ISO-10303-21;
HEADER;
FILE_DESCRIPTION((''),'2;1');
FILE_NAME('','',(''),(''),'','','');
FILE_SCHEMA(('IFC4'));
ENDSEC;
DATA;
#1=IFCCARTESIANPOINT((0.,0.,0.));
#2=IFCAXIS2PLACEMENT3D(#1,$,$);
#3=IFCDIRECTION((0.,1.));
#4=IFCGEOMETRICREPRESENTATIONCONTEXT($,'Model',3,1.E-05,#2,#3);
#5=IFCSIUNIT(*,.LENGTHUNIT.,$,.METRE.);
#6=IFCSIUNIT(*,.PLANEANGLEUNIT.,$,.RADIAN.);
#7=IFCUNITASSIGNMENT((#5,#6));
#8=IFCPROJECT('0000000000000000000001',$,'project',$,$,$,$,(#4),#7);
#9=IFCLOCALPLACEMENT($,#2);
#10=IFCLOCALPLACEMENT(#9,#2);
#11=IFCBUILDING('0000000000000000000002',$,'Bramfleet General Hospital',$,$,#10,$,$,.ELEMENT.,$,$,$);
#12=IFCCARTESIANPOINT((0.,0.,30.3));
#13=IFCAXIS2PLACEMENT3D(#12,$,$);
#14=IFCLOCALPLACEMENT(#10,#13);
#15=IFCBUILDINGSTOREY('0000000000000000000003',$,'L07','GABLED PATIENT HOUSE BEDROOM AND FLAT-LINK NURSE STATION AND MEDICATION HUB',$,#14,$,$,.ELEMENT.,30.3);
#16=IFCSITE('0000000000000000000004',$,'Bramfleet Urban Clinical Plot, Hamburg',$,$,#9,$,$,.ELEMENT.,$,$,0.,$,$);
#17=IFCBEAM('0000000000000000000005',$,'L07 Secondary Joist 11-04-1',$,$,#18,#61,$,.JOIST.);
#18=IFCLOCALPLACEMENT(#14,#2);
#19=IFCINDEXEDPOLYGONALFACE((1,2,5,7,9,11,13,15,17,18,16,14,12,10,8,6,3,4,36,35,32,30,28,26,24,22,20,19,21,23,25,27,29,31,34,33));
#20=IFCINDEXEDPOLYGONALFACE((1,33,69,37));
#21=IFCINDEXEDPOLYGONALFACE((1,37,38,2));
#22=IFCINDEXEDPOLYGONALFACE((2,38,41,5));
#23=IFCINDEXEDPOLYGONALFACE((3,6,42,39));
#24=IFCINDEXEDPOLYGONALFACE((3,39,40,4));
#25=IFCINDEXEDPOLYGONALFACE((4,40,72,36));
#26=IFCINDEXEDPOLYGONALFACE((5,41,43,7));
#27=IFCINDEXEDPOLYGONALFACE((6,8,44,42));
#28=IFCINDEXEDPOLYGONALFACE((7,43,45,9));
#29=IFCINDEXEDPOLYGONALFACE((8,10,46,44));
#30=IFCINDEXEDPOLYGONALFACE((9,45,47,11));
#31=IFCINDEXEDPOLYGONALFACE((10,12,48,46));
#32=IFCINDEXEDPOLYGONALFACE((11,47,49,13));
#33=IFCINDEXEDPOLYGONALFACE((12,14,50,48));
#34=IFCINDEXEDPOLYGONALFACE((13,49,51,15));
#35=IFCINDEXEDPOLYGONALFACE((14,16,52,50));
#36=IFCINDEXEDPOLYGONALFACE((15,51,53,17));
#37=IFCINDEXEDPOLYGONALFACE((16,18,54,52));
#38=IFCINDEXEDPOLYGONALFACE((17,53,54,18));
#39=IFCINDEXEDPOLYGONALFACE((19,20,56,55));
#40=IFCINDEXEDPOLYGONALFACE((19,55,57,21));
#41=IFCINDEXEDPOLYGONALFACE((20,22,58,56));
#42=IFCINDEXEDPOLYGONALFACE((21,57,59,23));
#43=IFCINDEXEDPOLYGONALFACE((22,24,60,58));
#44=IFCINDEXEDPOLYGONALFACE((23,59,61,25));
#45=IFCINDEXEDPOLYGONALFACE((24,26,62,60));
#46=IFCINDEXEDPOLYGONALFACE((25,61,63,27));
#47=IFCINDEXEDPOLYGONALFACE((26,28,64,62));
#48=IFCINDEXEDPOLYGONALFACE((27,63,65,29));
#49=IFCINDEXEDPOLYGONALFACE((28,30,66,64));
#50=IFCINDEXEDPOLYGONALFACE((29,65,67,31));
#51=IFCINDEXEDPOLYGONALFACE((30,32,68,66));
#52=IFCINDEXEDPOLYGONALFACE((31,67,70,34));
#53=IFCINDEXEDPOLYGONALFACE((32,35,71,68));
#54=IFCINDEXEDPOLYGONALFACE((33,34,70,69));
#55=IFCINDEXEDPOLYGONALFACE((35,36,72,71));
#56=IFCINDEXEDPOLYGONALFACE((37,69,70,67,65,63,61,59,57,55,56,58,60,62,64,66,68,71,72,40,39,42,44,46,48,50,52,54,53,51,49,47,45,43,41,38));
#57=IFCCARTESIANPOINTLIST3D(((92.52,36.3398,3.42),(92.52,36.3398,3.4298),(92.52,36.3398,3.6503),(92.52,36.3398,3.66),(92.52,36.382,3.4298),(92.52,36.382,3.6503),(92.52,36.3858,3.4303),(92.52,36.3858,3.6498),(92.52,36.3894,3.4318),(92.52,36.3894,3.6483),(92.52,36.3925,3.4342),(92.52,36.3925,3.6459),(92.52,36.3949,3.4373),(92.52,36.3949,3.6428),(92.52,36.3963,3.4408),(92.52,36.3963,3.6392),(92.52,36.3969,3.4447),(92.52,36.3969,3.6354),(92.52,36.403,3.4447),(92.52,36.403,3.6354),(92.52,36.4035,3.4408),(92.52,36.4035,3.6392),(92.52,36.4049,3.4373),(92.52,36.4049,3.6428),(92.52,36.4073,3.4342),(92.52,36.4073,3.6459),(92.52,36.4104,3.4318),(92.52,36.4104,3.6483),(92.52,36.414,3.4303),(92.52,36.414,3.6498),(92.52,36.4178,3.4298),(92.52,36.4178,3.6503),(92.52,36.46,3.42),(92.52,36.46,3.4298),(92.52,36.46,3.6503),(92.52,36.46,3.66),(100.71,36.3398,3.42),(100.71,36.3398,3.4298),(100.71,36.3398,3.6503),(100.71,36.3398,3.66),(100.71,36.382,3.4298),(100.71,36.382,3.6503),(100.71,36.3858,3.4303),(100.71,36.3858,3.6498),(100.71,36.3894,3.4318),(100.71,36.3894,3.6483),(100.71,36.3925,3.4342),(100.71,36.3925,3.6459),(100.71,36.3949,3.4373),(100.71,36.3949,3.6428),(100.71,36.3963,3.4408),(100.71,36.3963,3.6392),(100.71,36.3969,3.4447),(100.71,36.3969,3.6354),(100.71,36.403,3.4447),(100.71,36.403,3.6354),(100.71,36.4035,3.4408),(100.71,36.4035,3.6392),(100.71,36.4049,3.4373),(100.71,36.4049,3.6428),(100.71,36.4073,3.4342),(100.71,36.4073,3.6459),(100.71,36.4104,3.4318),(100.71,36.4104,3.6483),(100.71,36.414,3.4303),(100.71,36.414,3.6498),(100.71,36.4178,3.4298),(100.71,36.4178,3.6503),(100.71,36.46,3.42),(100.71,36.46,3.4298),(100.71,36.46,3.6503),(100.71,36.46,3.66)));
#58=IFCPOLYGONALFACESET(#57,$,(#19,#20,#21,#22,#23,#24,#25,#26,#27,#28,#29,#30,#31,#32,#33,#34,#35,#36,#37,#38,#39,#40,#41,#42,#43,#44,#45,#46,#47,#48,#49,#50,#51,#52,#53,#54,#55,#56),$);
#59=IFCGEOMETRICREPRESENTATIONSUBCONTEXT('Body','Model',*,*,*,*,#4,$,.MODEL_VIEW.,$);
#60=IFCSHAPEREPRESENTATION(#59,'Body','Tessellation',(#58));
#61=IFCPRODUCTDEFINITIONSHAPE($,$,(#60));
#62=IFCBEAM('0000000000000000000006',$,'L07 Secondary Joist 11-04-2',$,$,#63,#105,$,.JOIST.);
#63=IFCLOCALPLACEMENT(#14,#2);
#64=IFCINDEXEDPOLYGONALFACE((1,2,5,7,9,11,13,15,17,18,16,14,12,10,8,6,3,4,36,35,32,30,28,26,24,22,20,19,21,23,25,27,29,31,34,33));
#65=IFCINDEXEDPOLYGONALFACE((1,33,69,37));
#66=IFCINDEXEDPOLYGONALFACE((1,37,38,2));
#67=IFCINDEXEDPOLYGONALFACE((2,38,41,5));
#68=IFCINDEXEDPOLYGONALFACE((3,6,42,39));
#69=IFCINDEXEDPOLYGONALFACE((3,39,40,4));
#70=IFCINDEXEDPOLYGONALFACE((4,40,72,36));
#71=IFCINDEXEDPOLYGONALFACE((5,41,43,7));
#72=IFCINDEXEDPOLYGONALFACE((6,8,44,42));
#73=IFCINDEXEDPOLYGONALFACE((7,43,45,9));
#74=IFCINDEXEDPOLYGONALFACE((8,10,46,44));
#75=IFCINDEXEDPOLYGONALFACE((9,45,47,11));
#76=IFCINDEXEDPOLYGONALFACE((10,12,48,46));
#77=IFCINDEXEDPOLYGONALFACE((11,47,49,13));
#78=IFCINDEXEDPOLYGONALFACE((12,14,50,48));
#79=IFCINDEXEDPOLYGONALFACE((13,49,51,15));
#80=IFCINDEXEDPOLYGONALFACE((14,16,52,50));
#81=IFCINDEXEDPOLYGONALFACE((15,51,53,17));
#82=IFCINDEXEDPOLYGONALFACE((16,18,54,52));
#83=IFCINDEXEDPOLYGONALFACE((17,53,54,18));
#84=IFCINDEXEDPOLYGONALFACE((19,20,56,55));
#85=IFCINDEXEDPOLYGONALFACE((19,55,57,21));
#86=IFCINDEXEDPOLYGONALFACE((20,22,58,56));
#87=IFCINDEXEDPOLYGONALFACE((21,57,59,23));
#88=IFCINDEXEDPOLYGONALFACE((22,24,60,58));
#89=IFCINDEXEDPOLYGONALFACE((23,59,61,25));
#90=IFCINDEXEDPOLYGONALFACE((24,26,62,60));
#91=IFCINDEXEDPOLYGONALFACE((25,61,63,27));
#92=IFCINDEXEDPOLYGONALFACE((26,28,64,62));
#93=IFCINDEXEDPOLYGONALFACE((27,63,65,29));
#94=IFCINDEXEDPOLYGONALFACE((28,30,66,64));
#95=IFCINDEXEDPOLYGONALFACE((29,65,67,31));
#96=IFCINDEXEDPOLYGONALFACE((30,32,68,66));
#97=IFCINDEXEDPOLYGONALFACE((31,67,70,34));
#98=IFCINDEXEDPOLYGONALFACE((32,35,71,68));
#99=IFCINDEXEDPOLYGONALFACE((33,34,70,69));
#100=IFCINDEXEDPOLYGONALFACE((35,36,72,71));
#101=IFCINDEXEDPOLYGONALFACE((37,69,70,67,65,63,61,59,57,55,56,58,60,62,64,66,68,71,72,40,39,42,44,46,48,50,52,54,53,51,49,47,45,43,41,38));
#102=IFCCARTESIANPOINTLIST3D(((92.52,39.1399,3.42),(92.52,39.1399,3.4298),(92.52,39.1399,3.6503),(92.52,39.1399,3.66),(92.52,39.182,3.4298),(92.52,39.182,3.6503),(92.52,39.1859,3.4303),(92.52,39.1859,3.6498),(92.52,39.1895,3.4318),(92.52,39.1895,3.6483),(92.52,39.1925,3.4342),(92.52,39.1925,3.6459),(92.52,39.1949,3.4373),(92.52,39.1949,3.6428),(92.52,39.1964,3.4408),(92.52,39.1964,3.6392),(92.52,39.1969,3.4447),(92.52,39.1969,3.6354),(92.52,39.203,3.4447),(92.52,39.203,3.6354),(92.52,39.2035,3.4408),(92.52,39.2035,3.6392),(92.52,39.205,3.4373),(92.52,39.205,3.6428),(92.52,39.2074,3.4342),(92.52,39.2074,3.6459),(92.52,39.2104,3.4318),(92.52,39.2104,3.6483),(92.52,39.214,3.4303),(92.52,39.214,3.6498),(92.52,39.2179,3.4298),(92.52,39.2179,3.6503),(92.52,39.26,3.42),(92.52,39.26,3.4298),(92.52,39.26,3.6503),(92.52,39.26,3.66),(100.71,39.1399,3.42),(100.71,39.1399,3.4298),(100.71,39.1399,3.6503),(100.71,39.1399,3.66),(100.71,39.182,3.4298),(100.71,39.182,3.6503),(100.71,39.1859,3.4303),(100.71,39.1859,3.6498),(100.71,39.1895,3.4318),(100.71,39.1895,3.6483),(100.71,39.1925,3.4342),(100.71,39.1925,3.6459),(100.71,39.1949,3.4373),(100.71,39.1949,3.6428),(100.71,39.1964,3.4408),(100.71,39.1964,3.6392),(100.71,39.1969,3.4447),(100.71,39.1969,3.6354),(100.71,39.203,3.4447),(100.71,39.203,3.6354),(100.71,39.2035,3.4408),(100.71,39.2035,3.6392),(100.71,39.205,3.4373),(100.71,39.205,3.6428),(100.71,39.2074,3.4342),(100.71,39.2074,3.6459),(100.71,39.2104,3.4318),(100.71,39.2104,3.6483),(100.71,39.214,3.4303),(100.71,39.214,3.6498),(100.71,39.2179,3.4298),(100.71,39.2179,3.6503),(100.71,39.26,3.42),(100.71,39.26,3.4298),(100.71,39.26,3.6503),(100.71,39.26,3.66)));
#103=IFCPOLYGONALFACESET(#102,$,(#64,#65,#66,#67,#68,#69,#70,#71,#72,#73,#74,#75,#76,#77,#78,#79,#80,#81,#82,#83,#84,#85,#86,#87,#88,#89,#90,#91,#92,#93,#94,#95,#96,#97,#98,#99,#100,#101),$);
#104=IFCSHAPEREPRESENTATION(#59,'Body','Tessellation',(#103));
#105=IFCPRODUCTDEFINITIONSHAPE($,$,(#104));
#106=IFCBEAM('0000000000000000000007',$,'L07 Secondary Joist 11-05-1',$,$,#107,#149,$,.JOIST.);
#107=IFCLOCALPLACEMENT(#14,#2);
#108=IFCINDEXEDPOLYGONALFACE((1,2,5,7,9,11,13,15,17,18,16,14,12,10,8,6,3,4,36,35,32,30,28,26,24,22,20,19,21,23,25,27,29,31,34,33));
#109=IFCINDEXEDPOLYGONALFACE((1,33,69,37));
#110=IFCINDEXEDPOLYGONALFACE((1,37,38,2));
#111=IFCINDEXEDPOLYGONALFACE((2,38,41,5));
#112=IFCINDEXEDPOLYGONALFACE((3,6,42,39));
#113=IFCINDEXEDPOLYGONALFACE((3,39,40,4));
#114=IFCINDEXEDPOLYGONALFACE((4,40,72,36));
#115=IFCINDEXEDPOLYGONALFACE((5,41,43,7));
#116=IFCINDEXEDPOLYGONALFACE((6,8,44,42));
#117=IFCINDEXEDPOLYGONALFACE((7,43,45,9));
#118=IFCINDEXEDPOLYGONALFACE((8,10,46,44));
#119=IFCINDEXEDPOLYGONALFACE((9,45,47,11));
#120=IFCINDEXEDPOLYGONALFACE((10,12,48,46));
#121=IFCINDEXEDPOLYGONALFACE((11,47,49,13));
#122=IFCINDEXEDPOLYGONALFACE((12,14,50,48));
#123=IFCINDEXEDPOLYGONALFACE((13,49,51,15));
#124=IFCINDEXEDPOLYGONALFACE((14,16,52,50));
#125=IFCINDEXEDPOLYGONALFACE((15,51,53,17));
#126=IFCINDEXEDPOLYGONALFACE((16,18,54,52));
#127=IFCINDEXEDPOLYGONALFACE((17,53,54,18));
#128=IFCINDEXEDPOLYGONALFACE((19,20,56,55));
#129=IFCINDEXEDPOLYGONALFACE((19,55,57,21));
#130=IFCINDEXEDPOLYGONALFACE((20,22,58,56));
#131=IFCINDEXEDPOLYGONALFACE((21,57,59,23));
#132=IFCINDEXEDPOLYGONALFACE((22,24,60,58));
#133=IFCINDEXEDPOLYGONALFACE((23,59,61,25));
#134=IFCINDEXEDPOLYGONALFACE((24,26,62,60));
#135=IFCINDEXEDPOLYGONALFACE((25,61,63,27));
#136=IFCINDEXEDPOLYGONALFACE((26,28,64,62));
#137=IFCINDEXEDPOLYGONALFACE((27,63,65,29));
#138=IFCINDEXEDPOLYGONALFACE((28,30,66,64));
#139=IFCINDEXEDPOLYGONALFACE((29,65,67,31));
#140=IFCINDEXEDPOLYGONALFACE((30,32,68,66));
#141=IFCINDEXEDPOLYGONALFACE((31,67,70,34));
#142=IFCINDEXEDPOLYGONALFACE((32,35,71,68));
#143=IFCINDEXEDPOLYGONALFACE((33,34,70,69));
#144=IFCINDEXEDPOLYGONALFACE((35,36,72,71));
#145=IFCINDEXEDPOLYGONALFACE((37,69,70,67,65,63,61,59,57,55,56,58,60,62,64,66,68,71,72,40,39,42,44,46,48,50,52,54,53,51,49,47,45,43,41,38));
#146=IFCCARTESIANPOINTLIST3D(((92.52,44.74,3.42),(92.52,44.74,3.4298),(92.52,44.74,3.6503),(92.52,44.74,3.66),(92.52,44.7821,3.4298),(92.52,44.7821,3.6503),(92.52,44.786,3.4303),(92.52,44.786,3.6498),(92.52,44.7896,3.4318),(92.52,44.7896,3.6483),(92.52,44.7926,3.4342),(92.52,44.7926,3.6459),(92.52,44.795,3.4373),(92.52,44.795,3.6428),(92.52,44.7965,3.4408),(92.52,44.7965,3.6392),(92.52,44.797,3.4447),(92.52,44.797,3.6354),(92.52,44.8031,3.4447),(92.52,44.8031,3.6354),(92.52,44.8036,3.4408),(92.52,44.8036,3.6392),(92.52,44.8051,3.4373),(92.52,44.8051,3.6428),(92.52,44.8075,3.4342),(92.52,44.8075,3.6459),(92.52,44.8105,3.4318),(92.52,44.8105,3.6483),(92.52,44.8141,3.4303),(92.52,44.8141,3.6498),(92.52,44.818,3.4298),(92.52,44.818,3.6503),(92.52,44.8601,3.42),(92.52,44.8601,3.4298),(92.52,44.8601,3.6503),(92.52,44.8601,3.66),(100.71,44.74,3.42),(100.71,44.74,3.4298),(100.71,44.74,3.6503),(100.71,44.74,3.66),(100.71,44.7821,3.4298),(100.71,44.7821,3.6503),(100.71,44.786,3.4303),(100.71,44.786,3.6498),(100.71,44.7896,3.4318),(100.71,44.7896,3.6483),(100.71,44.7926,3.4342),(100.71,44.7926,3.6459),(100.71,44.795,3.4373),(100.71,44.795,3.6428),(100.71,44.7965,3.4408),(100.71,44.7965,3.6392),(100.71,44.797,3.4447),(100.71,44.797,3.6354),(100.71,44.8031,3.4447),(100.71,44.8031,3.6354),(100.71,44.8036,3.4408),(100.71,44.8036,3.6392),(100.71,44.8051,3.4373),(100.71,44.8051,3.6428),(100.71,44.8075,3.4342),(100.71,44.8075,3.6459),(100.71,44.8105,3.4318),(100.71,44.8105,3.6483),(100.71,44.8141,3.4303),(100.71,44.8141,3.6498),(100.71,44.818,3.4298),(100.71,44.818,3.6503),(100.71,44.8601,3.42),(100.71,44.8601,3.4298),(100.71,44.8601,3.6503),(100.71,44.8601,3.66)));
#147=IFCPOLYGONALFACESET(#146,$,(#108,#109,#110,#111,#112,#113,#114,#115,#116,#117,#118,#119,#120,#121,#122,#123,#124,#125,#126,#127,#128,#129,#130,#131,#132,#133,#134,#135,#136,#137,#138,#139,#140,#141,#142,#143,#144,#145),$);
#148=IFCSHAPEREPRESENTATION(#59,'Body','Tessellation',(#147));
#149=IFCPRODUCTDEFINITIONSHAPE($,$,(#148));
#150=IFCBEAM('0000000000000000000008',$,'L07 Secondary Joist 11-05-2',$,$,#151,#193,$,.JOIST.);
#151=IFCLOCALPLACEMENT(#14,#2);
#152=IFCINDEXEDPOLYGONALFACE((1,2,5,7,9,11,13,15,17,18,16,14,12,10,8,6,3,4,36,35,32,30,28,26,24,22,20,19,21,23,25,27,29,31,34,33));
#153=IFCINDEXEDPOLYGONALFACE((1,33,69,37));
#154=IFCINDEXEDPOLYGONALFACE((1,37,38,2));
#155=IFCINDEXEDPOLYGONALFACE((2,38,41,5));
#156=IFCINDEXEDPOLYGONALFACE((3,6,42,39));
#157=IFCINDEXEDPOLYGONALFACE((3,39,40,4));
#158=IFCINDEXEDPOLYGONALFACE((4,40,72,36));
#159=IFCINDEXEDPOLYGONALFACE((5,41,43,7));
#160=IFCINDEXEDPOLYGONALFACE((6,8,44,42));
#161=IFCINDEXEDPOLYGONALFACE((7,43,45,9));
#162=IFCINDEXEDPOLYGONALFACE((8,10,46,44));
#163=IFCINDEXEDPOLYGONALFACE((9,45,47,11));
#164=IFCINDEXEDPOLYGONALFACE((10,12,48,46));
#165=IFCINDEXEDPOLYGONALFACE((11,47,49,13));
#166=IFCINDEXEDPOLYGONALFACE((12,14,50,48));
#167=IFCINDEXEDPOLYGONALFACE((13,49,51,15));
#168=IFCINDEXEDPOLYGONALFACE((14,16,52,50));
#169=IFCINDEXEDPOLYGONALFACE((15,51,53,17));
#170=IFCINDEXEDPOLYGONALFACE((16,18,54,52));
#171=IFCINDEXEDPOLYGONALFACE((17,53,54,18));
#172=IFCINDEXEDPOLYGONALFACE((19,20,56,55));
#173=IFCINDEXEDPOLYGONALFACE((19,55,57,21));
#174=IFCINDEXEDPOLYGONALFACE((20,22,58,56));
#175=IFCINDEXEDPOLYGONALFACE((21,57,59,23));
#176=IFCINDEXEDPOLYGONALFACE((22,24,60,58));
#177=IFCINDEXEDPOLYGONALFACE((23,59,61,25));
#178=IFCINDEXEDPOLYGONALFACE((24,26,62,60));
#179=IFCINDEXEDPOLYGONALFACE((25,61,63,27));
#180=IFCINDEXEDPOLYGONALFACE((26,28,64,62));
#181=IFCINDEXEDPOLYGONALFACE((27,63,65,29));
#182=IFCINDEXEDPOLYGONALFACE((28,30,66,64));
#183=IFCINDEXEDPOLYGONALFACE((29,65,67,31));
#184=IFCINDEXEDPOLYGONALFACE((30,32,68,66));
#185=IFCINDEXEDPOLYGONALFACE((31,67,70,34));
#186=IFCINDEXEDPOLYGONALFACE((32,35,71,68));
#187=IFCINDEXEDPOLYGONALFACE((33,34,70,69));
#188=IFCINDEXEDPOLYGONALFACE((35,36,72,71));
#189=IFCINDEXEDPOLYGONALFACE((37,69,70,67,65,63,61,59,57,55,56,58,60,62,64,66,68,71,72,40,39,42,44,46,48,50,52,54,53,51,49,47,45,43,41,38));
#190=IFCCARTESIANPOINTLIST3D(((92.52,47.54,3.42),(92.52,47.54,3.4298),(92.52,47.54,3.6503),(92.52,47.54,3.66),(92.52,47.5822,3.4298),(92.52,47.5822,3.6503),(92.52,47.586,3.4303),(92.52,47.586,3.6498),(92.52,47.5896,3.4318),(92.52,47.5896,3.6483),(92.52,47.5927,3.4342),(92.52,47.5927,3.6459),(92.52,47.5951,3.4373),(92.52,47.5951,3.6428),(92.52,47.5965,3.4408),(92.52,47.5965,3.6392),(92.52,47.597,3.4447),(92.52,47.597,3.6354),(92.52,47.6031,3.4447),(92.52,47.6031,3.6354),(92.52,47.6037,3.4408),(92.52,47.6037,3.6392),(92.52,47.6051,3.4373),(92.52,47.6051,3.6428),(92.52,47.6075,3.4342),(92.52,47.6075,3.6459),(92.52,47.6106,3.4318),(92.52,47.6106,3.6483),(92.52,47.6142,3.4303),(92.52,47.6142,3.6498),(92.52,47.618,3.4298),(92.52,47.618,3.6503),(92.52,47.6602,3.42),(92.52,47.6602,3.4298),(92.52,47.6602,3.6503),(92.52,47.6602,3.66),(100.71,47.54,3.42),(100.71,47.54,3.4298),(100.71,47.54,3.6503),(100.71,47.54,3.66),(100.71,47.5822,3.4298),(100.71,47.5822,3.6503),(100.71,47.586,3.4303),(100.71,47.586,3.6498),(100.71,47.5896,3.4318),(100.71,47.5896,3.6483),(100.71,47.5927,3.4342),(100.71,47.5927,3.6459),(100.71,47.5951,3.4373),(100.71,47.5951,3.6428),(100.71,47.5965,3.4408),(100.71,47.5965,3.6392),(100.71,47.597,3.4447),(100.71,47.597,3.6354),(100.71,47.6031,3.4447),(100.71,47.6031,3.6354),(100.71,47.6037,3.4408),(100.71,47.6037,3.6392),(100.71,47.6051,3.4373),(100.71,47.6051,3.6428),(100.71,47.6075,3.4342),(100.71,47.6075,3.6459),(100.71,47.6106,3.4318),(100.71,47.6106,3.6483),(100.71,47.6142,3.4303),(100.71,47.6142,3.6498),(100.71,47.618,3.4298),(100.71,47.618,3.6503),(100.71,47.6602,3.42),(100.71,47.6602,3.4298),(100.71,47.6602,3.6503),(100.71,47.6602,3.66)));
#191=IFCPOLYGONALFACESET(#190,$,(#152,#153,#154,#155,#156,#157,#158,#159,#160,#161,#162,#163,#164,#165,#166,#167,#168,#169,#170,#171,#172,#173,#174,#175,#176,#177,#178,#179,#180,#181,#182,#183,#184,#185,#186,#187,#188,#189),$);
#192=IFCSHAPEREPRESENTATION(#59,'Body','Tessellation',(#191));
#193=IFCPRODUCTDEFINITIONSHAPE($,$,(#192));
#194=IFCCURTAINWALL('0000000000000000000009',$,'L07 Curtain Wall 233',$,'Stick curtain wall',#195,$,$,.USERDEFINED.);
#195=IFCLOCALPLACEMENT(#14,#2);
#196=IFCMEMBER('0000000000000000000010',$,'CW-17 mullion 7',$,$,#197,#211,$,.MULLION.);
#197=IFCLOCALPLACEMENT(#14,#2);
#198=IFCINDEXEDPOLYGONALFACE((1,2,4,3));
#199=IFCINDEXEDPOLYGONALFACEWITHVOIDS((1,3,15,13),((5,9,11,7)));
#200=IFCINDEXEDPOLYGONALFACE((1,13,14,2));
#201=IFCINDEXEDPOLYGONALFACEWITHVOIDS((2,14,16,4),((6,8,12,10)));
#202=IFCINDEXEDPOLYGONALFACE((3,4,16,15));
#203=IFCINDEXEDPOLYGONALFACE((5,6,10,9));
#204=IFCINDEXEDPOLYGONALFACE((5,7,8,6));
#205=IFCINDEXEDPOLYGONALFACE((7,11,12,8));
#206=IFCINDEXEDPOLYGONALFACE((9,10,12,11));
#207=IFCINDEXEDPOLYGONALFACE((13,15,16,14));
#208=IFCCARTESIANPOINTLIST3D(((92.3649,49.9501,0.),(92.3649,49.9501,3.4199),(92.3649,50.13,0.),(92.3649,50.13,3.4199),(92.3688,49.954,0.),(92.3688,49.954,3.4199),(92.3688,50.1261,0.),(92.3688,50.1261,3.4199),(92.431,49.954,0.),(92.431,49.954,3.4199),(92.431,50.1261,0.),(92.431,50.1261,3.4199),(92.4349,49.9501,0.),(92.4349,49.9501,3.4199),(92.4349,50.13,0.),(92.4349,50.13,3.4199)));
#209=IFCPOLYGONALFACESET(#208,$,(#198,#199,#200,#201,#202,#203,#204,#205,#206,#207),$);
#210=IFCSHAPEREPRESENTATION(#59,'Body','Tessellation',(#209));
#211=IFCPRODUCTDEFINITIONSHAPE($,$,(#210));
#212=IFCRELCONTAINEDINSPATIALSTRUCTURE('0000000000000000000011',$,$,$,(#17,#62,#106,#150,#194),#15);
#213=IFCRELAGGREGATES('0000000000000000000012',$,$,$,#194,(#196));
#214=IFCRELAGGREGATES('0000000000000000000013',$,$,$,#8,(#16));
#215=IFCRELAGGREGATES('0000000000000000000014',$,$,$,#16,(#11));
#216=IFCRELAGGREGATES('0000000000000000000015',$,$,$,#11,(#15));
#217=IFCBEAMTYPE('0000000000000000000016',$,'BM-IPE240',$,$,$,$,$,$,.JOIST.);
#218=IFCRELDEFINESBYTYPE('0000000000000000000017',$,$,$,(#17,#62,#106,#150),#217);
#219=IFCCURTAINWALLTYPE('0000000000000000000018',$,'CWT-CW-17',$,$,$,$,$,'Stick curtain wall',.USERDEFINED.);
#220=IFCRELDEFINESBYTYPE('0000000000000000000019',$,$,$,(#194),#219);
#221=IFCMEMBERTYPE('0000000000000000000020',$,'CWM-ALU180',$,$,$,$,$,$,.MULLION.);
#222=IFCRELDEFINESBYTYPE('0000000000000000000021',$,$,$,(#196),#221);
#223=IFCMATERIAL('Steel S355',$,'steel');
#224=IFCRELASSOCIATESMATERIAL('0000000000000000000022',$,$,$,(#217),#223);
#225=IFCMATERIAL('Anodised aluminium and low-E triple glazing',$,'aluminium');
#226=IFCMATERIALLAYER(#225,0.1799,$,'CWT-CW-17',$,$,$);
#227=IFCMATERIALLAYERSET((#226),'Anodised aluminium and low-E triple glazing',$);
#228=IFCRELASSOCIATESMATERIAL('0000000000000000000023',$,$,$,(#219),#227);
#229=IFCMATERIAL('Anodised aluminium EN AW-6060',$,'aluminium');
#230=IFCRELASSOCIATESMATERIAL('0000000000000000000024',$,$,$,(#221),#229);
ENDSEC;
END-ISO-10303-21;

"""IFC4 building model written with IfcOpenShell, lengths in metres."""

from ifc_helpers import new_model, si_unit, direction, frame, origin, origin_2d, place, context, subcontext, project, spatial, hollow_rectangle, i_section, extrude, material, layer, layer_set, material_profile, profile_set, type_object, element, aggregate, save


model = new_model("IFC4")

# Units and contexts
model_context = context("Model", 3, precision=1e-05, world=origin(), true_north=direction((0.0, 1.0)))
body_context = subcontext(model_context, "Body", "Model", "MODEL_VIEW")
ifc_project = project(units=[si_unit("LENGTHUNIT", "METRE"), si_unit("PLANEANGLEUNIT", "RADIAN")], contexts=[model_context])

# Site, building, storey
site_placement = place(None, origin())
site = spatial("IfcSite", under=ifc_project, at=site_placement, Name="Bramfleet Urban Clinical Plot, Hamburg", CompositionType="ELEMENT", RefElevation=0.0)
building_placement = place(site_placement, origin())
building = spatial("IfcBuilding", under=site, at=building_placement, Name="Bramfleet General Hospital", CompositionType="ELEMENT")
storey_placement = place(building_placement, frame((0.0, 0.0, 30.3)))
storey = spatial("IfcBuildingStorey", under=building, at=storey_placement, Name="L07", Description="GABLED PATIENT HOUSE BEDROOM AND FLAT-LINK NURSE STATION AND MEDICATION HUB", CompositionType="ELEMENT", Elevation=30.3)

# Beams
ifc_material_1 = material(Name="Steel S355", Category="steel")
ifc_material_profile_1 = material_profile(ifc_material_1, i_section(OverallWidth=0.1201, OverallDepth=0.24, WebThickness=0.0061, FlangeThickness=0.0098, FilletRadius=0.0149, at=origin_2d()), Name="IPE 240")
ifc_profile_set_1 = profile_set([ifc_material_profile_1], Name="Steel S355")
beam_type = type_object("IfcBeamType", Name="BM-IPE240", PredefinedType="JOIST", material=ifc_profile_set_1)
for number, where, z_axis, x_axis, name in (
    (1, (92.52, 36.3999, 3.54), (1.0, 0.0, 0.0), (0.0, 1.0, 0.0), "L07 Secondary Joist 11-04-1"),
    (2, (92.52, 39.2, 3.54), (1.0, 0.0, 0.0), (0.0, 1.0, 0.0), "L07 Secondary Joist 11-04-2"),
    (3, (92.52, 44.8, 3.54), (1.0, 0.0, 0.0), (0.0, 1.0, 0.0), "L07 Secondary Joist 11-05-1"),
    (4, (92.52, 47.6001, 3.54), (1.0, 0.0, 0.0), (0.0, 1.0, 0.0), "L07 Secondary Joist 11-05-2"),
):
    element("IfcBeam", number, at=place(storey_placement, frame(where, z_axis=z_axis, x_axis=x_axis)), inside=storey, type_object=beam_type, Name=name, PredefinedType="JOIST", context=body_context, shape_type="SweptSolid", body=[
        extrude(i_section(OverallWidth=0.1201, OverallDepth=0.24, WebThickness=0.0061, FlangeThickness=0.0098, FilletRadius=0.0149, at=origin_2d()), origin(), (0.0, 0.0, 1.0), 8.1899),
    ])

# Curtain wall, member
ifc_material_2 = material(Name="Anodised aluminium and low-E triple glazing", Category="aluminium")
ifc_layer_1 = layer(ifc_material_2, 0.1799, Name="CWT-CW-17")
ifc_layer_set_1 = layer_set([ifc_layer_1], Name="Anodised aluminium and low-E triple glazing")
curtain_wall_type = type_object("IfcCurtainWallType", Name="CWT-CW-17", ElementType="Stick curtain wall", PredefinedType="USERDEFINED", material=ifc_layer_set_1)
curtain_wall_placement = place(storey_placement, origin())
curtain_wall = element("IfcCurtainWall", 5, at=curtain_wall_placement, inside=storey, type_object=curtain_wall_type, Name="L07 Curtain Wall 233", ObjectType="Stick curtain wall", PredefinedType="USERDEFINED")
ifc_material_3 = material(Name="Anodised aluminium EN AW-6060", Category="aluminium")
ifc_material_profile_2 = material_profile(ifc_material_3, hollow_rectangle(XDim=0.0701, YDim=0.1799, WallThickness=0.0039, at=origin_2d()), Name="ALU 180x70x4.0")
ifc_profile_set_2 = profile_set([ifc_material_profile_2], Name="Anodised aluminium EN AW-6060")
member_type_1 = type_object("IfcMemberType", Name="CWM-ALU180", PredefinedType="MULLION", material=ifc_profile_set_2)
member_1_placement = place(storey_placement, frame((92.3999, 50.04, 0.0), z_axis=(0.0, 0.0, 1.0), x_axis=(-1.0, 0.0, 0.0)))
member_1 = element("IfcMember", 6, at=member_1_placement, type_object=member_type_1, Name="CW-17 mullion 7", PredefinedType="MULLION", context=body_context, shape_type="SweptSolid", body=[
    extrude(hollow_rectangle(XDim=0.0701, YDim=0.1799, WallThickness=0.0039, at=origin_2d()), origin(), (0.0, 0.0, 1.0), 3.4199),
])
aggregate(curtain_wall, [member_1])

save(model, "model.ifc")
